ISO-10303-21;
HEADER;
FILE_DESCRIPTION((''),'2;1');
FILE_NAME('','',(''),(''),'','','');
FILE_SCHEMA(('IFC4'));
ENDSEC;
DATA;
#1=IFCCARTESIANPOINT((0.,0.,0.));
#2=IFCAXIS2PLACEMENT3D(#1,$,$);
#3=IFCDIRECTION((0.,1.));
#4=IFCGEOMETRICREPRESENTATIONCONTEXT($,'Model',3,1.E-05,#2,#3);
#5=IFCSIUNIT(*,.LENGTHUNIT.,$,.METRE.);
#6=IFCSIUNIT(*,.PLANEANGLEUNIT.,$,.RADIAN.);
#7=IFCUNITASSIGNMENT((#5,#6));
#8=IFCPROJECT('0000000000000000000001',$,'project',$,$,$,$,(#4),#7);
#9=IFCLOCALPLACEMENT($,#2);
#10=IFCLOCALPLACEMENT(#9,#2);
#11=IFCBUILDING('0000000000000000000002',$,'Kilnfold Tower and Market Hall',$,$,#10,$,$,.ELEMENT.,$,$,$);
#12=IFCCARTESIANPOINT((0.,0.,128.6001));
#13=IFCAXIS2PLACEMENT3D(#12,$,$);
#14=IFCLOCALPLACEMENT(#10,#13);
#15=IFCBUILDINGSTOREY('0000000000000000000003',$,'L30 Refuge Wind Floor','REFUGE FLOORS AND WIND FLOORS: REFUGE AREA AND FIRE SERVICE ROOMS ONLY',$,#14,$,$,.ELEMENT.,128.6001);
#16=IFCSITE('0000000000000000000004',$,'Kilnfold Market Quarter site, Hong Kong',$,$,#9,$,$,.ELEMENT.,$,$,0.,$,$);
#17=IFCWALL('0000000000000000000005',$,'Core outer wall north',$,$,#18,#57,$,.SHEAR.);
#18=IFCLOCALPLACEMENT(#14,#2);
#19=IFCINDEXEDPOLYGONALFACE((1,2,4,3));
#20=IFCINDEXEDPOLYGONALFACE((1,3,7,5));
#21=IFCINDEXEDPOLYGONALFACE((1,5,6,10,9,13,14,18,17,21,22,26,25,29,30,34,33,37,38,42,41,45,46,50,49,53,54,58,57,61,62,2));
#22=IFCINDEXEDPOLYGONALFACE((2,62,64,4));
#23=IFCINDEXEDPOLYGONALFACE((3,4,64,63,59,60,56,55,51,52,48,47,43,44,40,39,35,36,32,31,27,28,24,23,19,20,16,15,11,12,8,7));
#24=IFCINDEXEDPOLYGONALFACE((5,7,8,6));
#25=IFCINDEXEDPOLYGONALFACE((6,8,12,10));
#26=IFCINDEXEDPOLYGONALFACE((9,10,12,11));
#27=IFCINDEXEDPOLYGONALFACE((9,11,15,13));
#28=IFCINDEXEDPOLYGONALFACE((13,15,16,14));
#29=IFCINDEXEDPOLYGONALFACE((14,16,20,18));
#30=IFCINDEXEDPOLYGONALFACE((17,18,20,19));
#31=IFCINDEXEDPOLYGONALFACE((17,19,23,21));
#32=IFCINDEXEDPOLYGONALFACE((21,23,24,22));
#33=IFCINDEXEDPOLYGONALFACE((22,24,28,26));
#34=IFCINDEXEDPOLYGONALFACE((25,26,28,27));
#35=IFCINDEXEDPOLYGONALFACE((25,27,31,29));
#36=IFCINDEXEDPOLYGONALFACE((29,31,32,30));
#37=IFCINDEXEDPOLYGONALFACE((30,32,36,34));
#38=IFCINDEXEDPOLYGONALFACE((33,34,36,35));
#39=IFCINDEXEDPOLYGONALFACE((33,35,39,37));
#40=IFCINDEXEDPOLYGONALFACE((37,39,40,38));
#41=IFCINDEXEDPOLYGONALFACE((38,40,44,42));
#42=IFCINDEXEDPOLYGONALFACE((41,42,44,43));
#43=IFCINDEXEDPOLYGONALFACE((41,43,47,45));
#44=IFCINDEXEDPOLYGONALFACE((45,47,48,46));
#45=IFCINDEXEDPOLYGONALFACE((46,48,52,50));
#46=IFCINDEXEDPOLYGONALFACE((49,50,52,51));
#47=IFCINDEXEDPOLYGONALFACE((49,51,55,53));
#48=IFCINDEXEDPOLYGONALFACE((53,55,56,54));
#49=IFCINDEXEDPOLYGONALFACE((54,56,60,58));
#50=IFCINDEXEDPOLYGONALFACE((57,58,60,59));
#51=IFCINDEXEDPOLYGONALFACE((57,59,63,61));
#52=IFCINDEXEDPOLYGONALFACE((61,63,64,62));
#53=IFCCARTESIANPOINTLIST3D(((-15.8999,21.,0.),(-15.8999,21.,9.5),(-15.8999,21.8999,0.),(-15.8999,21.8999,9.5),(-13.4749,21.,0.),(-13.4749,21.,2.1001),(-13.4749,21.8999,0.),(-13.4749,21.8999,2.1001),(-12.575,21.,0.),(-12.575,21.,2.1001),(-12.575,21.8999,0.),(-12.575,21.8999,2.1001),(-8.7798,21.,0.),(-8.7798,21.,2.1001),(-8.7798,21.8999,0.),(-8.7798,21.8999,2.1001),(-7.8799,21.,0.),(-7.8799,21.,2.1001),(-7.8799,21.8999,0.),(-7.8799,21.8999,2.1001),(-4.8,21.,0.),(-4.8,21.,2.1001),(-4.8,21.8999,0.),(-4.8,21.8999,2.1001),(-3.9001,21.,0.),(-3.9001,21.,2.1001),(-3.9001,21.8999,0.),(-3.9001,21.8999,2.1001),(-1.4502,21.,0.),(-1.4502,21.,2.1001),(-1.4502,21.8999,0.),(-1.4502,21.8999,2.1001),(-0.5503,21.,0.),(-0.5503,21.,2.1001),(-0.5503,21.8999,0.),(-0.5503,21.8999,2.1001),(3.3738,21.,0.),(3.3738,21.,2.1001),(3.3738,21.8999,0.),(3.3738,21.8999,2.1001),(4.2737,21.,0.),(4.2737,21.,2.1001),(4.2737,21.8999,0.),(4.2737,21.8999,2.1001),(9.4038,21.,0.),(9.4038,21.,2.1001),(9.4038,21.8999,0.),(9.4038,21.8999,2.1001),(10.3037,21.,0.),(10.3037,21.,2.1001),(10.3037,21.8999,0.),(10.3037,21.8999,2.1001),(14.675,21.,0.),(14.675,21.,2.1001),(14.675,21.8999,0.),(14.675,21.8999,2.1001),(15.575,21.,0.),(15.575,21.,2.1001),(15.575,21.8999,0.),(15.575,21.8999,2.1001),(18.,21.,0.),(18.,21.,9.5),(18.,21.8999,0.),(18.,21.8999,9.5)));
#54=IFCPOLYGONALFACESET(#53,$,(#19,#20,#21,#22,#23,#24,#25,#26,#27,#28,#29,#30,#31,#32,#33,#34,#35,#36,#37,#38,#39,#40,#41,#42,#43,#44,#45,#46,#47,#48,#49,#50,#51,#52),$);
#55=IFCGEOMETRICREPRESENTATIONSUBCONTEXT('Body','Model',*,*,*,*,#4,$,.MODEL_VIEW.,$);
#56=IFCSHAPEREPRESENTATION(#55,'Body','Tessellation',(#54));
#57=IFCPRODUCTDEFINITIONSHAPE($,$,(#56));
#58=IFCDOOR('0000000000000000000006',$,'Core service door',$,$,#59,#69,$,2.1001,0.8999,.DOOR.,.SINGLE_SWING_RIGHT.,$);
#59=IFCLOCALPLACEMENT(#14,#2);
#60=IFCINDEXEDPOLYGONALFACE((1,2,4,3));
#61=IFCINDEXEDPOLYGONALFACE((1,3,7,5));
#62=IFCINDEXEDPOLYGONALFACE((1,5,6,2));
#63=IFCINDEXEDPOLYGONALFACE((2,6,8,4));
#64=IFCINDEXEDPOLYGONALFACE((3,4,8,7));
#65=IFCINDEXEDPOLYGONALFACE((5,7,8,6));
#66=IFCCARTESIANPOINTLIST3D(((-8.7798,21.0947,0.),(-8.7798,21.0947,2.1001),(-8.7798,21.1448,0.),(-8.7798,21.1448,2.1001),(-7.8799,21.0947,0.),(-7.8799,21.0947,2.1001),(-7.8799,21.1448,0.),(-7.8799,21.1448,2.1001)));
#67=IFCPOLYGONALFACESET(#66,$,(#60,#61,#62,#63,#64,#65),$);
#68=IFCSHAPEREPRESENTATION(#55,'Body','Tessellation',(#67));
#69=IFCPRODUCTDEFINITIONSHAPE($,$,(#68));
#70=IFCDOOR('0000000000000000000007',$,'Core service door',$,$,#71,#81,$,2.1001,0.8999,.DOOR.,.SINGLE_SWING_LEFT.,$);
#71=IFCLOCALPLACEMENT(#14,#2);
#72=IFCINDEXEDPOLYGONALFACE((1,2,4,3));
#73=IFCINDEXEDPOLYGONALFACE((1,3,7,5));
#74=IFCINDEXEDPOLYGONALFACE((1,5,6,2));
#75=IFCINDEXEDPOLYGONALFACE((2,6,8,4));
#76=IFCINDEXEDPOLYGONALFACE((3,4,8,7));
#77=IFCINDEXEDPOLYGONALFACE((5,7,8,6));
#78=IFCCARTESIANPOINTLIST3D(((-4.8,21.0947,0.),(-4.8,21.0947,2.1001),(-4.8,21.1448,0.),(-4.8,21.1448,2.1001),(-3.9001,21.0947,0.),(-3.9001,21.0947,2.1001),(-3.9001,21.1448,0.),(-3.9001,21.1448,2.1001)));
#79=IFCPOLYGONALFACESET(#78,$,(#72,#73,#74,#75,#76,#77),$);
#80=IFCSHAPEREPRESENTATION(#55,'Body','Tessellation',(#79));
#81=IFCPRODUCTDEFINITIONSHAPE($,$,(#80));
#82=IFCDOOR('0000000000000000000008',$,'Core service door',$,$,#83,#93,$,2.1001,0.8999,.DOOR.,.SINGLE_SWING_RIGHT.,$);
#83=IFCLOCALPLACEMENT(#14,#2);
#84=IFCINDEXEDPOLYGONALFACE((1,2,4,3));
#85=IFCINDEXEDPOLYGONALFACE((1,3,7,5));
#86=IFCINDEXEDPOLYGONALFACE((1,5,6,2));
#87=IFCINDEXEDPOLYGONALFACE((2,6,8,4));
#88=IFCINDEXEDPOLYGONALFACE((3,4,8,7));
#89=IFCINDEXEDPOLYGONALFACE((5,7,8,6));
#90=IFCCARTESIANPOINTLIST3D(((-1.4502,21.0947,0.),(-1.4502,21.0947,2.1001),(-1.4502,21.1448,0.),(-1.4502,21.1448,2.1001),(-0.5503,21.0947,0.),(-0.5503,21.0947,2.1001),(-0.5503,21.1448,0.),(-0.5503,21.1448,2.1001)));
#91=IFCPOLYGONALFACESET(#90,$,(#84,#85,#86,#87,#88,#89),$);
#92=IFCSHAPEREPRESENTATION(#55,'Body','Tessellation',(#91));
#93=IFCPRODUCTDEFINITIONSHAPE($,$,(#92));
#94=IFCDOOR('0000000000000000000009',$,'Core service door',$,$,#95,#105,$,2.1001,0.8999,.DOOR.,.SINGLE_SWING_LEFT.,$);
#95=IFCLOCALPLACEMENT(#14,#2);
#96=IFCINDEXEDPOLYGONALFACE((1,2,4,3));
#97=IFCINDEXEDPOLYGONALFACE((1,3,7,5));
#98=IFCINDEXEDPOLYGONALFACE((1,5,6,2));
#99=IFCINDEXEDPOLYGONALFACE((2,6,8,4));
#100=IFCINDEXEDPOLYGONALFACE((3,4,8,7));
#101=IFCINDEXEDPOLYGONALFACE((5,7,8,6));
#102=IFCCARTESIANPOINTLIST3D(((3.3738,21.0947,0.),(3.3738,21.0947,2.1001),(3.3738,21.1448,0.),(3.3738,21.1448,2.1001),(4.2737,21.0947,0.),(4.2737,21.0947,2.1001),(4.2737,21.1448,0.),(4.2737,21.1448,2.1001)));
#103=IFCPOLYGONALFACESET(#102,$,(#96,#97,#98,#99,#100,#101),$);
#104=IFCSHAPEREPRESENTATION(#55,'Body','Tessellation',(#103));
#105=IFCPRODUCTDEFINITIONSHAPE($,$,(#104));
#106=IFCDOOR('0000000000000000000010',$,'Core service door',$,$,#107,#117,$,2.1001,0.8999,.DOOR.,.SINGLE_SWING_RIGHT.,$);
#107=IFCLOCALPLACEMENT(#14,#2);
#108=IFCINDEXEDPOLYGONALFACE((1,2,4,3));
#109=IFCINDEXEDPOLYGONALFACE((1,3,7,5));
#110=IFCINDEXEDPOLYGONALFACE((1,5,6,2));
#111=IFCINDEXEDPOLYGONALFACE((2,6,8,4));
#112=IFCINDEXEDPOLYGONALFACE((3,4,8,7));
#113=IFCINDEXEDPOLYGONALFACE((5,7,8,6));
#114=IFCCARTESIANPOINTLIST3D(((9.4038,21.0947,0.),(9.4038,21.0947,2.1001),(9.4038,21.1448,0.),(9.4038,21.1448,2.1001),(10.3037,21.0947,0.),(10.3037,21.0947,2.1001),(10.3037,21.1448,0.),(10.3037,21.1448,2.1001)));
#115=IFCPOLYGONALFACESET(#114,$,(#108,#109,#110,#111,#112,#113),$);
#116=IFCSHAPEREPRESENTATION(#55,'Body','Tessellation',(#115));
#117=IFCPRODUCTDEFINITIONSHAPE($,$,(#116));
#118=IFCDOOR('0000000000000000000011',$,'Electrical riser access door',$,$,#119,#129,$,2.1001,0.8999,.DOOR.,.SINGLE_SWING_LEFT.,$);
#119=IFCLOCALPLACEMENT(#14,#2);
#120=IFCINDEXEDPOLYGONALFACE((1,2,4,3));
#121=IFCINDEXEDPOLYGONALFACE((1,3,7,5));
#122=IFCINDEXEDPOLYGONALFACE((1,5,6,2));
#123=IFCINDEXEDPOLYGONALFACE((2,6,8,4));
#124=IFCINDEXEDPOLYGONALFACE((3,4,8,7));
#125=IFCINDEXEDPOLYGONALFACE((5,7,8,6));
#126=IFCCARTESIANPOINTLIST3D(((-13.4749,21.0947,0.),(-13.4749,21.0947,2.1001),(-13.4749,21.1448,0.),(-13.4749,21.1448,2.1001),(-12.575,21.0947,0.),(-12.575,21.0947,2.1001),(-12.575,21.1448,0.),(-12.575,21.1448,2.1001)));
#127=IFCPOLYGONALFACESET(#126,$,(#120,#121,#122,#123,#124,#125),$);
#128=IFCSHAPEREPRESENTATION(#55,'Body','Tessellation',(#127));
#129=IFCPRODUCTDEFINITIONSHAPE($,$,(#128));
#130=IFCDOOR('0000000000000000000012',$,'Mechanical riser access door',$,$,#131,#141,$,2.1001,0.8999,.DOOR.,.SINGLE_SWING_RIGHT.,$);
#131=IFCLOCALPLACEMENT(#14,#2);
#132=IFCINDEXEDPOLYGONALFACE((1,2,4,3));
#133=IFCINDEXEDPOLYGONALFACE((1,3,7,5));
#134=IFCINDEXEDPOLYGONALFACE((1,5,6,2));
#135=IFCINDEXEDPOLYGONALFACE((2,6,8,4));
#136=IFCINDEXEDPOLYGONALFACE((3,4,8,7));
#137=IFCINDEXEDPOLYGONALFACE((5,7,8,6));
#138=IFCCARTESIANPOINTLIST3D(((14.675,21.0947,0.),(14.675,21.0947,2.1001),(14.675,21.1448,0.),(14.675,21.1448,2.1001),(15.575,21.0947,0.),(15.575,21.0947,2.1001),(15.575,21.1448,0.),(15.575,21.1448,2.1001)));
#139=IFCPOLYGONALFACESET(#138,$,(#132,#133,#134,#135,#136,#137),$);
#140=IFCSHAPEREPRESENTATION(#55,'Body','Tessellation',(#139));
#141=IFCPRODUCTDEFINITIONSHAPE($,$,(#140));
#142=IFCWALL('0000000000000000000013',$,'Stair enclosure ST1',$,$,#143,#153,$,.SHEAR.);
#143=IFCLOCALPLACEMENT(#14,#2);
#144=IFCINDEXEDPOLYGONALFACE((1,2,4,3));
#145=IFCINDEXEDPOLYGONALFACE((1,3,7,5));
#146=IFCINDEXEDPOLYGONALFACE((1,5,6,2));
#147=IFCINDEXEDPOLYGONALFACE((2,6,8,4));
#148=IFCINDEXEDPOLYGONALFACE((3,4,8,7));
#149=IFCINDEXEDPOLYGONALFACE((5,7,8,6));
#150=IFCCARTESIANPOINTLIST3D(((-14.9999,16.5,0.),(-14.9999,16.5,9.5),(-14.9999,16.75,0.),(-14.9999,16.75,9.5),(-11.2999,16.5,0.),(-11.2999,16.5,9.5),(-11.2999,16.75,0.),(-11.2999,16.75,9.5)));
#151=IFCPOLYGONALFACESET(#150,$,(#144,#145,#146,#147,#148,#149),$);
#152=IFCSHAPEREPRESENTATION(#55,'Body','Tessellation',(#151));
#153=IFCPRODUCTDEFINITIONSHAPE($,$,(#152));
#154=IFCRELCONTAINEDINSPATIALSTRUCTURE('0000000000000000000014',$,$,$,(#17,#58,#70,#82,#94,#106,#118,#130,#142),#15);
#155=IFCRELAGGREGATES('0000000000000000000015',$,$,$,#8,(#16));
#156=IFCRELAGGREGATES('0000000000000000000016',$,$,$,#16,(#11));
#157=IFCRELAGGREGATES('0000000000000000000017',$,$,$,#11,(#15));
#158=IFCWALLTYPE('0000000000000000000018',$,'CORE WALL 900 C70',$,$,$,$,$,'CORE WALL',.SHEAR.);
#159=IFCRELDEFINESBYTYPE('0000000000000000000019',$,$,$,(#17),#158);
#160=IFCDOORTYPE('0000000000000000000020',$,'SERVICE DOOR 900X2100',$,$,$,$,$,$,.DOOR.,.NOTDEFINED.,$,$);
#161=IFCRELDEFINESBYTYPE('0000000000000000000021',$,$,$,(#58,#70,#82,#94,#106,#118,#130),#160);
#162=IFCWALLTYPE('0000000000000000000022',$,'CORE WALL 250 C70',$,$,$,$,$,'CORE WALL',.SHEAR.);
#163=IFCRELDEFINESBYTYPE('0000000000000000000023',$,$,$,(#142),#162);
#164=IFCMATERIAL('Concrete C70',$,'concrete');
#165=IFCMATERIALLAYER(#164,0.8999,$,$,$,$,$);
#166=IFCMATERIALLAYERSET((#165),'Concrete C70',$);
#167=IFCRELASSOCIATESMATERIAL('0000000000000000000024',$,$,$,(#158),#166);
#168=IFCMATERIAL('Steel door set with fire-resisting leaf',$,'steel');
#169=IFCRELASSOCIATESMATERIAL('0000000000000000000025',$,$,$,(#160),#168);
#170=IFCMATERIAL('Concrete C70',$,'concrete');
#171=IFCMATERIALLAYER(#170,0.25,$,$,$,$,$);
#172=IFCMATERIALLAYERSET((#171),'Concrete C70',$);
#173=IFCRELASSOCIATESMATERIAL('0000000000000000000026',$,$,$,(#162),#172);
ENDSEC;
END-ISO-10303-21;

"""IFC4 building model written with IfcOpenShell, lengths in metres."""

from ifc_helpers import new_model, si_unit, direction, frame, frame_2d, origin, place, context, subcontext, project, spatial, rectangle, extrude, source, transform, mapped, material, layer, layer_set, type_object, element, fill, save


model = new_model("IFC4")

# Units and contexts
model_context = context("Model", 3, precision=1e-05, world=origin(), true_north=direction((0.0, 1.0)))
body_context = subcontext(model_context, "Body", "Model", "MODEL_VIEW")
ifc_project = project(units=[si_unit("LENGTHUNIT", "METRE"), si_unit("PLANEANGLEUNIT", "RADIAN")], contexts=[model_context])

# Site, building, storey
site_placement = place(None, origin())
site = spatial("IfcSite", under=ifc_project, at=site_placement, Name="Kilnfold Market Quarter site, Hong Kong", CompositionType="ELEMENT", RefElevation=0.0)
building_placement = place(site_placement, origin())
building = spatial("IfcBuilding", under=site, at=building_placement, Name="Kilnfold Tower and Market Hall", CompositionType="ELEMENT")
storey_placement = place(building_placement, frame((0.0, 0.0, 128.6001)))
storey = spatial("IfcBuildingStorey", under=building, at=storey_placement, Name="L30 Refuge Wind Floor", Description="REFUGE FLOORS AND WIND FLOORS: REFUGE AREA AND FIRE SERVICE ROOMS ONLY", CompositionType="ELEMENT", Elevation=128.6001)

# Wall, openings, doors
ifc_material_1 = material(Name="Concrete C70", Category="concrete")
ifc_layer_1 = layer(ifc_material_1, 0.8999)
ifc_layer_set_1 = layer_set([ifc_layer_1], Name="Concrete C70")
wall_type_1 = type_object("IfcWallType", Name="CORE WALL 900 C70", ElementType="CORE WALL", PredefinedType="SHEAR", material=ifc_layer_set_1)
shared_shape_1 = source(origin(), body_context, "Body", "SweptSolid", [
    extrude(rectangle(XDim=33.8999, YDim=0.8999, at=frame_2d((16.95, 0.0))), origin(), (0.0, 0.0, 1.0), 9.5),
])
wall_1_placement = place(storey_placement, frame((-15.8999, 21.45, 0.0), z_axis=(0.0, 0.0, 1.0), x_axis=(1.0, 0.0, 0.0)))
wall_1 = element("IfcWall", 1, at=wall_1_placement, inside=storey, type_object=wall_type_1, Name="Core outer wall north", PredefinedType="SHEAR", context=body_context, shape_type="MappedRepresentation", body=[
    mapped(shared_shape_1, transform((0.0, 0.0, 0.0))),
])
opening_1_placement = place(wall_1_placement, frame((7.1201, 0.0, 0.0)))
opening_1 = element("IfcOpeningElement", 2, at=opening_1_placement, cuts=wall_1, PredefinedType="OPENING", context=body_context, shape_type="SweptSolid", body=[
    extrude(rectangle(XDim=0.8999, YDim=2.1001, at=frame_2d((0.45, 1.05))), frame((0.0, 0.46, 0.0), z_axis=(0.0, -1.0, 0.0), x_axis=(1.0, 0.0, 0.0)), (0.0, 0.0, 1.0), 0.9199),
])
opening_2_placement = place(wall_1_placement, frame((11.0999, 0.0, 0.0)))
opening_2 = element("IfcOpeningElement", 3, at=opening_2_placement, cuts=wall_1, PredefinedType="OPENING", context=body_context, shape_type="SweptSolid", body=[
    extrude(rectangle(XDim=0.8999, YDim=2.1001, at=frame_2d((0.45, 1.05))), frame((0.0, 0.46, 0.0), z_axis=(0.0, -1.0, 0.0), x_axis=(1.0, 0.0, 0.0)), (0.0, 0.0, 1.0), 0.9199),
])
opening_3_placement = place(wall_1_placement, frame((14.4497, 0.0, 0.0)))
opening_3 = element("IfcOpeningElement", 4, at=opening_3_placement, cuts=wall_1, PredefinedType="OPENING", context=body_context, shape_type="SweptSolid", body=[
    extrude(rectangle(XDim=0.8999, YDim=2.1001, at=frame_2d((0.45, 1.05))), frame((0.0, 0.46, 0.0), z_axis=(0.0, -1.0, 0.0), x_axis=(1.0, 0.0, 0.0)), (0.0, 0.0, 1.0), 0.9199),
])
opening_4_placement = place(wall_1_placement, frame((19.2737, 0.0, 0.0)))
opening_4 = element("IfcOpeningElement", 5, at=opening_4_placement, cuts=wall_1, PredefinedType="OPENING", context=body_context, shape_type="SweptSolid", body=[
    extrude(rectangle(XDim=0.8999, YDim=2.1001, at=frame_2d((0.45, 1.05))), frame((0.0, 0.46, 0.0), z_axis=(0.0, -1.0, 0.0), x_axis=(1.0, 0.0, 0.0)), (0.0, 0.0, 1.0), 0.9199),
])
opening_5_placement = place(wall_1_placement, frame((25.3037, 0.0, 0.0)))
opening_5 = element("IfcOpeningElement", 6, at=opening_5_placement, cuts=wall_1, PredefinedType="OPENING", context=body_context, shape_type="SweptSolid", body=[
    extrude(rectangle(XDim=0.8999, YDim=2.1001, at=frame_2d((0.45, 1.05))), frame((0.0, 0.46, 0.0), z_axis=(0.0, -1.0, 0.0), x_axis=(1.0, 0.0, 0.0)), (0.0, 0.0, 1.0), 0.9199),
])
opening_6_placement = place(wall_1_placement, frame((2.425, 0.0, 0.0)))
opening_6 = element("IfcOpeningElement", 7, at=opening_6_placement, cuts=wall_1, PredefinedType="OPENING", context=body_context, shape_type="SweptSolid", body=[
    extrude(rectangle(XDim=0.8999, YDim=2.1001, at=frame_2d((0.45, 1.05))), frame((0.0, 0.46, 0.0), z_axis=(0.0, -1.0, 0.0), x_axis=(1.0, 0.0, 0.0)), (0.0, 0.0, 1.0), 0.9199),
])
opening_7_placement = place(wall_1_placement, frame((30.575, 0.0, 0.0)))
opening_7 = element("IfcOpeningElement", 8, at=opening_7_placement, cuts=wall_1, PredefinedType="OPENING", context=body_context, shape_type="SweptSolid", body=[
    extrude(rectangle(XDim=0.8999, YDim=2.1001, at=frame_2d((0.45, 1.05))), frame((0.0, 0.46, 0.0), z_axis=(0.0, -1.0, 0.0), x_axis=(1.0, 0.0, 0.0)), (0.0, 0.0, 1.0), 0.9199),
])
ifc_material_2 = material(Name="Steel door set with fire-resisting leaf", Category="steel")
door_type_1 = type_object("IfcDoorType", Name="SERVICE DOOR 900X2100", OperationType="NOTDEFINED", PredefinedType="DOOR", material=ifc_material_2)
door_1_placement = place(opening_1_placement, origin())
door_1 = element("IfcDoor", 9, at=door_1_placement, inside=storey, type_object=door_type_1, Name="Core service door", OperationType="SINGLE_SWING_RIGHT", OverallHeight=2.1001, OverallWidth=0.8999, PredefinedType="DOOR", context=body_context, shape_type="SweptSolid", body=[
    extrude(rectangle(XDim=0.8999, YDim=2.1001, at=frame_2d((0.45, 1.05))), frame((0.0, -0.3052, 0.0), z_axis=(0.0, -1.0, 0.0), x_axis=(1.0, 0.0, 0.0)), (0.0, 0.0, 1.0), 0.05),
])
fill(opening_1, door_1)
door_2_placement = place(opening_2_placement, origin())
door_2 = element("IfcDoor", 10, at=door_2_placement, inside=storey, type_object=door_type_1, Name="Core service door", OperationType="SINGLE_SWING_LEFT", OverallHeight=2.1001, OverallWidth=0.8999, PredefinedType="DOOR", context=body_context, shape_type="SweptSolid", body=[
    extrude(rectangle(XDim=0.8999, YDim=2.1001, at=frame_2d((0.45, 1.05))), frame((0.0, -0.3052, 0.0), z_axis=(0.0, -1.0, 0.0), x_axis=(1.0, 0.0, 0.0)), (0.0, 0.0, 1.0), 0.05),
])
fill(opening_2, door_2)
door_3_placement = place(opening_3_placement, origin())
door_3 = element("IfcDoor", 11, at=door_3_placement, inside=storey, type_object=door_type_1, Name="Core service door", OperationType="SINGLE_SWING_RIGHT", OverallHeight=2.1001, OverallWidth=0.8999, PredefinedType="DOOR", context=body_context, shape_type="SweptSolid", body=[
    extrude(rectangle(XDim=0.8999, YDim=2.1001, at=frame_2d((0.45, 1.05))), frame((0.0, -0.3052, 0.0), z_axis=(0.0, -1.0, 0.0), x_axis=(1.0, 0.0, 0.0)), (0.0, 0.0, 1.0), 0.05),
])
fill(opening_3, door_3)
door_4_placement = place(opening_4_placement, origin())
door_4 = element("IfcDoor", 12, at=door_4_placement, inside=storey, type_object=door_type_1, Name="Core service door", OperationType="SINGLE_SWING_LEFT", OverallHeight=2.1001, OverallWidth=0.8999, PredefinedType="DOOR", context=body_context, shape_type="SweptSolid", body=[
    extrude(rectangle(XDim=0.8999, YDim=2.1001, at=frame_2d((0.45, 1.05))), frame((0.0, -0.3052, 0.0), z_axis=(0.0, -1.0, 0.0), x_axis=(1.0, 0.0, 0.0)), (0.0, 0.0, 1.0), 0.05),
])
fill(opening_4, door_4)
door_5_placement = place(opening_5_placement, origin())
door_5 = element("IfcDoor", 13, at=door_5_placement, inside=storey, type_object=door_type_1, Name="Core service door", OperationType="SINGLE_SWING_RIGHT", OverallHeight=2.1001, OverallWidth=0.8999, PredefinedType="DOOR", context=body_context, shape_type="SweptSolid", body=[
    extrude(rectangle(XDim=0.8999, YDim=2.1001, at=frame_2d((0.45, 1.05))), frame((0.0, -0.3052, 0.0), z_axis=(0.0, -1.0, 0.0), x_axis=(1.0, 0.0, 0.0)), (0.0, 0.0, 1.0), 0.05),
])
fill(opening_5, door_5)
door_6_placement = place(opening_6_placement, origin())
door_6 = element("IfcDoor", 14, at=door_6_placement, inside=storey, type_object=door_type_1, Name="Electrical riser access door", OperationType="SINGLE_SWING_LEFT", OverallHeight=2.1001, OverallWidth=0.8999, PredefinedType="DOOR", context=body_context, shape_type="SweptSolid", body=[
    extrude(rectangle(XDim=0.8999, YDim=2.1001, at=frame_2d((0.45, 1.05))), frame((0.0, -0.3052, 0.0), z_axis=(0.0, -1.0, 0.0), x_axis=(1.0, 0.0, 0.0)), (0.0, 0.0, 1.0), 0.05),
])
fill(opening_6, door_6)
door_7_placement = place(opening_7_placement, origin())
door_7 = element("IfcDoor", 15, at=door_7_placement, inside=storey, type_object=door_type_1, Name="Mechanical riser access door", OperationType="SINGLE_SWING_RIGHT", OverallHeight=2.1001, OverallWidth=0.8999, PredefinedType="DOOR", context=body_context, shape_type="SweptSolid", body=[
    extrude(rectangle(XDim=0.8999, YDim=2.1001, at=frame_2d((0.45, 1.05))), frame((0.0, -0.3052, 0.0), z_axis=(0.0, -1.0, 0.0), x_axis=(1.0, 0.0, 0.0)), (0.0, 0.0, 1.0), 0.05),
])
fill(opening_7, door_7)

# Wall
ifc_material_3 = material(Name="Concrete C70", Category="concrete")
ifc_layer_2 = layer(ifc_material_3, 0.25)
ifc_layer_set_2 = layer_set([ifc_layer_2], Name="Concrete C70")
wall_type_2 = type_object("IfcWallType", Name="CORE WALL 250 C70", ElementType="CORE WALL", PredefinedType="SHEAR", material=ifc_layer_set_2)
shared_shape_2 = source(origin(), body_context, "Body", "SweptSolid", [
    extrude(rectangle(XDim=3.7, YDim=0.25, at=frame_2d((1.8501, 0.0))), origin(), (0.0, 0.0, 1.0), 9.5),
])
wall_2_placement = place(storey_placement, frame((-15.0, 16.625, 0.0), z_axis=(0.0, 0.0, 1.0), x_axis=(1.0, 0.0, 0.0)))
element("IfcWall", 16, at=wall_2_placement, inside=storey, type_object=wall_type_2, Name="Stair enclosure ST1", PredefinedType="SHEAR", context=body_context, shape_type="MappedRepresentation", body=[
    mapped(shared_shape_2, transform((0.0, 0.0, 0.0))),
])

save(model, "model.ifc")
